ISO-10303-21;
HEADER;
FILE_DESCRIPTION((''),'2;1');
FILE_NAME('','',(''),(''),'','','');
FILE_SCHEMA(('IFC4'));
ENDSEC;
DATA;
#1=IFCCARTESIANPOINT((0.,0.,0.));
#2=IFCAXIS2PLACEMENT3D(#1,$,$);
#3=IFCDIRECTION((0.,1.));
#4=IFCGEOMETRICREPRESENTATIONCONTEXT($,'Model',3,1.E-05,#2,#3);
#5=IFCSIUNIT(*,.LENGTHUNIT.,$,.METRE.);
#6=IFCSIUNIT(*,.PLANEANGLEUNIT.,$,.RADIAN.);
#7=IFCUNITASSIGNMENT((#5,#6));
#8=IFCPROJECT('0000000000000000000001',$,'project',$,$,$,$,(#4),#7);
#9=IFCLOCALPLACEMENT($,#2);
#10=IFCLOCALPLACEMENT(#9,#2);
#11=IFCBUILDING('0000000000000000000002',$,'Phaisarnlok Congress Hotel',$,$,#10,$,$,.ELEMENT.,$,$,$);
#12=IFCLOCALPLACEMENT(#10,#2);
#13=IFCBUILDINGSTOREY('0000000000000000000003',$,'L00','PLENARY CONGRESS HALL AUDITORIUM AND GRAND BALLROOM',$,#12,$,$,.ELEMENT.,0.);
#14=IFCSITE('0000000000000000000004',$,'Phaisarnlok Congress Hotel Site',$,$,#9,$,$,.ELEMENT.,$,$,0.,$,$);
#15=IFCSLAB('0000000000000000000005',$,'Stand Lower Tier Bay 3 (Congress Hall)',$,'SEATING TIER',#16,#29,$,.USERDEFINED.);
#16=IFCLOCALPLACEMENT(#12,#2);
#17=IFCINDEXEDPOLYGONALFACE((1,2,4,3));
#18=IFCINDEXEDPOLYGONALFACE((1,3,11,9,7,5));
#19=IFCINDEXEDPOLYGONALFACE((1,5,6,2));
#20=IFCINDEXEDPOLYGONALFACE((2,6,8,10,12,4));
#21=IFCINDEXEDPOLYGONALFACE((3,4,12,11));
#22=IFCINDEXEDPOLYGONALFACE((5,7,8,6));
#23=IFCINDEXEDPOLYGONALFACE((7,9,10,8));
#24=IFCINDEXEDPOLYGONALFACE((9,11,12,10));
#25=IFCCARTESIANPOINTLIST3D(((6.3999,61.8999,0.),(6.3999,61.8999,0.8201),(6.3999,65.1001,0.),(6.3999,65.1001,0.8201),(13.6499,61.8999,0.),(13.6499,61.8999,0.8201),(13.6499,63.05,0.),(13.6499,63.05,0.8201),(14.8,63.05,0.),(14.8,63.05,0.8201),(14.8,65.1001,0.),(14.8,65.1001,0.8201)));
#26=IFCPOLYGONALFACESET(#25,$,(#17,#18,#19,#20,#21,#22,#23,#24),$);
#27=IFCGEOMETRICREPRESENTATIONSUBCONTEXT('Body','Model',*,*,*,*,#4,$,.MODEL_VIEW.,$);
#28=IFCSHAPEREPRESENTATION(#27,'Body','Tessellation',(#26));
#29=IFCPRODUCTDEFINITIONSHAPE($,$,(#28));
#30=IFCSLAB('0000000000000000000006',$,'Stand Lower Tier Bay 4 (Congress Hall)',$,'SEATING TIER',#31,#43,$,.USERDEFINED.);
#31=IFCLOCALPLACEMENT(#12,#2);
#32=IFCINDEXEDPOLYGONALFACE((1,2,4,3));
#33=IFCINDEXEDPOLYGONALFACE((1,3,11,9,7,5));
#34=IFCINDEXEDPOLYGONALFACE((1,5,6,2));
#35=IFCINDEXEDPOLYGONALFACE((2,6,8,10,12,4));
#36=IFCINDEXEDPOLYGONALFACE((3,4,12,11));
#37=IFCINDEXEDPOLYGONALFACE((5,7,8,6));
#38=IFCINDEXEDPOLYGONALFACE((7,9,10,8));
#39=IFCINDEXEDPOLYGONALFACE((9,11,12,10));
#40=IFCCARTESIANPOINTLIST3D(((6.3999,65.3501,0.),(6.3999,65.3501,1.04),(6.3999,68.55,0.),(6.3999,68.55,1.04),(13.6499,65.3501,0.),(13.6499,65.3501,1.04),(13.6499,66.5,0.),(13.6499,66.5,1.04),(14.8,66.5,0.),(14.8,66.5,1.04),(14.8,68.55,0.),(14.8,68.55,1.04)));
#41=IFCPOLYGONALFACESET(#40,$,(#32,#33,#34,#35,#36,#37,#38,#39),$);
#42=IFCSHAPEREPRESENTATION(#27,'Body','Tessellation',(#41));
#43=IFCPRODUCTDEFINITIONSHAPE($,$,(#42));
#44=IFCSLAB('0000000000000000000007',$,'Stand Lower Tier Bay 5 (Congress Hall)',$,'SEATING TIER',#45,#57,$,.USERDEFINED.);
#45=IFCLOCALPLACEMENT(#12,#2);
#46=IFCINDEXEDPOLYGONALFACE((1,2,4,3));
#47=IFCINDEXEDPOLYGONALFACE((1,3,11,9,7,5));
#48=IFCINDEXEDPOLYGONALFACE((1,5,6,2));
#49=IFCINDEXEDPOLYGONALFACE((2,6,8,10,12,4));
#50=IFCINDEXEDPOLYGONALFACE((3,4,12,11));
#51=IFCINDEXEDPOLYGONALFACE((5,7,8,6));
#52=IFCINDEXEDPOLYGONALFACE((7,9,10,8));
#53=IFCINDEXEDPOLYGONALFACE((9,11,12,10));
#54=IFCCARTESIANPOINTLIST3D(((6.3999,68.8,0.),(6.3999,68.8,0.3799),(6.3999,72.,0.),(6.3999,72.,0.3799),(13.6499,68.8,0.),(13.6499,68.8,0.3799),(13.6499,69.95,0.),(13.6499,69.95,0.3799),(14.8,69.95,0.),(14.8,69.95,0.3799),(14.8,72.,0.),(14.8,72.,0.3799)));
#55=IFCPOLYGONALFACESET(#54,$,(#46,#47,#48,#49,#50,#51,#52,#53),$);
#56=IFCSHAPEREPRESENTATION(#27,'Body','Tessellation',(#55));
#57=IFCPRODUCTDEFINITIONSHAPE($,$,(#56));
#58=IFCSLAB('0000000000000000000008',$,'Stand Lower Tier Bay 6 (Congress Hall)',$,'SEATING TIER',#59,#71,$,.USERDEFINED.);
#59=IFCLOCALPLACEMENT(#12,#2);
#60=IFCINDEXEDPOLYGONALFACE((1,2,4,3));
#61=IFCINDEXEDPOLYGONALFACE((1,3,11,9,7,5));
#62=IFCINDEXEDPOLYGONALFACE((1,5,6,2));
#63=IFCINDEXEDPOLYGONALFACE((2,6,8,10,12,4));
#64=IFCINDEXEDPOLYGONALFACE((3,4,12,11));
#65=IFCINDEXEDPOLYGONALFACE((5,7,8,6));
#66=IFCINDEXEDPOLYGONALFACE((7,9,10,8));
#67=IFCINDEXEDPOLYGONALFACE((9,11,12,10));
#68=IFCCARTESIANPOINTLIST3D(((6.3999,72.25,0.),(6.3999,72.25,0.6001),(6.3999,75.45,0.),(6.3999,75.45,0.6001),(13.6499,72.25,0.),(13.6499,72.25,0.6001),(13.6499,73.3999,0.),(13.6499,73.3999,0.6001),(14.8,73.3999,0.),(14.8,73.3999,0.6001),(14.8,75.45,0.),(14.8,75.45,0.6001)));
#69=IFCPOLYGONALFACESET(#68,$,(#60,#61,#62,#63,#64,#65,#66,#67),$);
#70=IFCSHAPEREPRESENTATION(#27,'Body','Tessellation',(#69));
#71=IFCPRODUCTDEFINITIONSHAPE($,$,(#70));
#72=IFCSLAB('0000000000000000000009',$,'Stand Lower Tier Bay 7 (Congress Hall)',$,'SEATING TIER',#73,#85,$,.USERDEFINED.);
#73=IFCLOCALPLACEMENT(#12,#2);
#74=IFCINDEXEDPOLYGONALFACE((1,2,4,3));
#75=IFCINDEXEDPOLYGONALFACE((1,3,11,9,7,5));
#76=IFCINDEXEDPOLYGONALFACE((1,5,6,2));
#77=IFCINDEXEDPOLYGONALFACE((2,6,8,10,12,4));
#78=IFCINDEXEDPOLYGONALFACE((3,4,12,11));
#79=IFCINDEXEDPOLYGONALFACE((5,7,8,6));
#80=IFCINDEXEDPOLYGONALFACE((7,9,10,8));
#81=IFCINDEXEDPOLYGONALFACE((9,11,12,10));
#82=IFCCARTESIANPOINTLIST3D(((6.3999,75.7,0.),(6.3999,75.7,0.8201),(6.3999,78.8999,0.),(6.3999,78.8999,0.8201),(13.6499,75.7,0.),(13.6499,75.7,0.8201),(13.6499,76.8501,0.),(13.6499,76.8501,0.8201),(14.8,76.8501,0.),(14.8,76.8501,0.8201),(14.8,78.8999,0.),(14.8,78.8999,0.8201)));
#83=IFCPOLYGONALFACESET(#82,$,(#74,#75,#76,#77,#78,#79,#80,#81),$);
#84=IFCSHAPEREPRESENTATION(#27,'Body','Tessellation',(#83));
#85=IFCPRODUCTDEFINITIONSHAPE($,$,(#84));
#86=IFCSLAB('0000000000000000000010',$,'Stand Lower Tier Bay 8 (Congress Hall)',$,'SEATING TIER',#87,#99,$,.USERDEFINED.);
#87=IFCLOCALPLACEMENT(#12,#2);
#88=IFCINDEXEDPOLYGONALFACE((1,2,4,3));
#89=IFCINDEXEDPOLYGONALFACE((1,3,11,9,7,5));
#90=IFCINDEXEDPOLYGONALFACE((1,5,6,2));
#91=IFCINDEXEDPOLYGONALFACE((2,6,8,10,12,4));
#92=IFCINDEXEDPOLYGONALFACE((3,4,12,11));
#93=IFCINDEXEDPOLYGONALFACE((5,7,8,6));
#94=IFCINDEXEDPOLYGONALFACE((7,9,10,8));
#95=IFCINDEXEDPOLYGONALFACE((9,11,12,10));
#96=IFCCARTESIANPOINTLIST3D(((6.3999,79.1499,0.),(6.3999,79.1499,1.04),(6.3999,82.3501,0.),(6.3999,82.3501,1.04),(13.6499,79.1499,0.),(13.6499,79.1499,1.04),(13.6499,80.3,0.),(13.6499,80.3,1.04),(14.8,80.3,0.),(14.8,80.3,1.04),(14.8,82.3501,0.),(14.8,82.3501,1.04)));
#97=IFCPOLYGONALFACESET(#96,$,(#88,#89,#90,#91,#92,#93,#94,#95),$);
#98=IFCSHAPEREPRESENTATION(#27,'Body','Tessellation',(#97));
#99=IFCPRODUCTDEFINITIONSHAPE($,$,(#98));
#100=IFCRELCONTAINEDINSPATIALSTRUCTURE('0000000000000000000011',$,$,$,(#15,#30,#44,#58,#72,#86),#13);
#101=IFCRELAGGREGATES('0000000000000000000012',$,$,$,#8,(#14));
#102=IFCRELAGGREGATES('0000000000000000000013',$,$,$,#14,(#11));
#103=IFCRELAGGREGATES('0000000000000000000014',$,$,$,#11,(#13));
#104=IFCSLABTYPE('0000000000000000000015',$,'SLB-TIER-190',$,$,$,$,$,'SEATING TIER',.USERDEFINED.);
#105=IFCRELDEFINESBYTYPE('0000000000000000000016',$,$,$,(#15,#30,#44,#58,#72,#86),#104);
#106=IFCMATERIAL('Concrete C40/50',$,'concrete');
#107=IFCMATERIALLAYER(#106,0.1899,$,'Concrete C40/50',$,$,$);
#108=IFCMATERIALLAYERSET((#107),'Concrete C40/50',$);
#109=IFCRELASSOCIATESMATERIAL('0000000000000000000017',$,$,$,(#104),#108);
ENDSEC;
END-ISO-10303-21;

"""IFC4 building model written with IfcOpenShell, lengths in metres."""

from ifc_helpers import new_model, si_unit, direction, origin, place, context, subcontext, project, spatial, polyline, outline, extrude, material, layer, layer_set, type_object, element, save


model = new_model("IFC4")

# Units and contexts
model_context = context("Model", 3, precision=1e-05, world=origin(), true_north=direction((0.0, 1.0)))
body_context = subcontext(model_context, "Body", "Model", "MODEL_VIEW")
ifc_project = project(units=[si_unit("LENGTHUNIT", "METRE"), si_unit("PLANEANGLEUNIT", "RADIAN")], contexts=[model_context])

# Site, building, storey
site_placement = place(None, origin())
site = spatial("IfcSite", under=ifc_project, at=site_placement, Name="Phaisarnlok Congress Hotel Site", CompositionType="ELEMENT", RefElevation=0.0)
building_placement = place(site_placement, origin())
building = spatial("IfcBuilding", under=site, at=building_placement, Name="Phaisarnlok Congress Hotel", CompositionType="ELEMENT")
storey_placement = place(building_placement, origin())
storey = spatial("IfcBuildingStorey", under=building, at=storey_placement, Name="L00", Description="PLENARY CONGRESS HALL AUDITORIUM AND GRAND BALLROOM", CompositionType="ELEMENT", Elevation=0.0)

# Shared definitions
ifc_material = material(Name="Concrete C40/50", Category="concrete")

# Slabs
ifc_layer_1 = layer(ifc_material, 0.1899, Name="Concrete C40/50")
ifc_layer_set_1 = layer_set([ifc_layer_1], Name="Concrete C40/50")
slab_type_1 = type_object("IfcSlabType", Name="SLB-TIER-190", ElementType="SEATING TIER", PredefinedType="USERDEFINED", material=ifc_layer_set_1)
slab_1_placement = place(storey_placement, origin())
element("IfcSlab", 1, at=slab_1_placement, inside=storey, type_object=slab_type_1, Name="Stand Lower Tier Bay 3 (Congress Hall)", ObjectType="SEATING TIER", PredefinedType="USERDEFINED", context=body_context, shape_type="SweptSolid", body=[
    extrude(outline(polyline([(6.3999, 61.8999), (13.6499, 61.8999), (13.6499, 63.05), (14.8, 63.05), (14.8, 65.1001), (6.3999, 65.1001), (6.3999, 61.8999)])), origin(), (0.0, 0.0, 1.0), 0.8201),
])
slab_2_placement = place(storey_placement, origin())
element("IfcSlab", 2, at=slab_2_placement, inside=storey, type_object=slab_type_1, Name="Stand Lower Tier Bay 4 (Congress Hall)", ObjectType="SEATING TIER", PredefinedType="USERDEFINED", context=body_context, shape_type="SweptSolid", body=[
    extrude(outline(polyline([(6.3999, 65.3501), (13.6499, 65.3501), (13.6499, 66.5), (14.8, 66.5), (14.8, 68.55), (6.3999, 68.55), (6.3999, 65.3501)])), origin(), (0.0, 0.0, 1.0), 1.04),
])
slab_3_placement = place(storey_placement, origin())
element("IfcSlab", 3, at=slab_3_placement, inside=storey, type_object=slab_type_1, Name="Stand Lower Tier Bay 5 (Congress Hall)", ObjectType="SEATING TIER", PredefinedType="USERDEFINED", context=body_context, shape_type="SweptSolid", body=[
    extrude(outline(polyline([(6.3999, 68.8), (13.6499, 68.8), (13.6499, 69.95), (14.8, 69.95), (14.8, 72.0), (6.3999, 72.0), (6.3999, 68.8)])), origin(), (0.0, 0.0, 1.0), 0.3799),
])
slab_4_placement = place(storey_placement, origin())
element("IfcSlab", 4, at=slab_4_placement, inside=storey, type_object=slab_type_1, Name="Stand Lower Tier Bay 6 (Congress Hall)", ObjectType="SEATING TIER", PredefinedType="USERDEFINED", context=body_context, shape_type="SweptSolid", body=[
    extrude(outline(polyline([(6.3999, 72.25), (13.6499, 72.25), (13.6499, 73.3999), (14.8, 73.3999), (14.8, 75.45), (6.3999, 75.45), (6.3999, 72.25)])), origin(), (0.0, 0.0, 1.0), 0.6001),
])
slab_5_placement = place(storey_placement, origin())
element("IfcSlab", 5, at=slab_5_placement, inside=storey, type_object=slab_type_1, Name="Stand Lower Tier Bay 7 (Congress Hall)", ObjectType="SEATING TIER", PredefinedType="USERDEFINED", context=body_context, shape_type="SweptSolid", body=[
    extrude(outline(polyline([(6.3999, 75.7), (13.6499, 75.7), (13.6499, 76.8501), (14.8, 76.8501), (14.8, 78.8999), (6.3999, 78.8999), (6.3999, 75.7)])), origin(), (0.0, 0.0, 1.0), 0.8201),
])
slab_6_placement = place(storey_placement, origin())
element("IfcSlab", 6, at=slab_6_placement, inside=storey, type_object=slab_type_1, Name="Stand Lower Tier Bay 8 (Congress Hall)", ObjectType="SEATING TIER", PredefinedType="USERDEFINED", context=body_context, shape_type="SweptSolid", body=[
    extrude(outline(polyline([(6.3999, 79.1499), (13.6499, 79.1499), (13.6499, 80.3), (14.8, 80.3), (14.8, 82.3501), (6.3999, 82.3501), (6.3999, 79.1499)])), origin(), (0.0, 0.0, 1.0), 1.04),
])

save(model, "model.ifc")
